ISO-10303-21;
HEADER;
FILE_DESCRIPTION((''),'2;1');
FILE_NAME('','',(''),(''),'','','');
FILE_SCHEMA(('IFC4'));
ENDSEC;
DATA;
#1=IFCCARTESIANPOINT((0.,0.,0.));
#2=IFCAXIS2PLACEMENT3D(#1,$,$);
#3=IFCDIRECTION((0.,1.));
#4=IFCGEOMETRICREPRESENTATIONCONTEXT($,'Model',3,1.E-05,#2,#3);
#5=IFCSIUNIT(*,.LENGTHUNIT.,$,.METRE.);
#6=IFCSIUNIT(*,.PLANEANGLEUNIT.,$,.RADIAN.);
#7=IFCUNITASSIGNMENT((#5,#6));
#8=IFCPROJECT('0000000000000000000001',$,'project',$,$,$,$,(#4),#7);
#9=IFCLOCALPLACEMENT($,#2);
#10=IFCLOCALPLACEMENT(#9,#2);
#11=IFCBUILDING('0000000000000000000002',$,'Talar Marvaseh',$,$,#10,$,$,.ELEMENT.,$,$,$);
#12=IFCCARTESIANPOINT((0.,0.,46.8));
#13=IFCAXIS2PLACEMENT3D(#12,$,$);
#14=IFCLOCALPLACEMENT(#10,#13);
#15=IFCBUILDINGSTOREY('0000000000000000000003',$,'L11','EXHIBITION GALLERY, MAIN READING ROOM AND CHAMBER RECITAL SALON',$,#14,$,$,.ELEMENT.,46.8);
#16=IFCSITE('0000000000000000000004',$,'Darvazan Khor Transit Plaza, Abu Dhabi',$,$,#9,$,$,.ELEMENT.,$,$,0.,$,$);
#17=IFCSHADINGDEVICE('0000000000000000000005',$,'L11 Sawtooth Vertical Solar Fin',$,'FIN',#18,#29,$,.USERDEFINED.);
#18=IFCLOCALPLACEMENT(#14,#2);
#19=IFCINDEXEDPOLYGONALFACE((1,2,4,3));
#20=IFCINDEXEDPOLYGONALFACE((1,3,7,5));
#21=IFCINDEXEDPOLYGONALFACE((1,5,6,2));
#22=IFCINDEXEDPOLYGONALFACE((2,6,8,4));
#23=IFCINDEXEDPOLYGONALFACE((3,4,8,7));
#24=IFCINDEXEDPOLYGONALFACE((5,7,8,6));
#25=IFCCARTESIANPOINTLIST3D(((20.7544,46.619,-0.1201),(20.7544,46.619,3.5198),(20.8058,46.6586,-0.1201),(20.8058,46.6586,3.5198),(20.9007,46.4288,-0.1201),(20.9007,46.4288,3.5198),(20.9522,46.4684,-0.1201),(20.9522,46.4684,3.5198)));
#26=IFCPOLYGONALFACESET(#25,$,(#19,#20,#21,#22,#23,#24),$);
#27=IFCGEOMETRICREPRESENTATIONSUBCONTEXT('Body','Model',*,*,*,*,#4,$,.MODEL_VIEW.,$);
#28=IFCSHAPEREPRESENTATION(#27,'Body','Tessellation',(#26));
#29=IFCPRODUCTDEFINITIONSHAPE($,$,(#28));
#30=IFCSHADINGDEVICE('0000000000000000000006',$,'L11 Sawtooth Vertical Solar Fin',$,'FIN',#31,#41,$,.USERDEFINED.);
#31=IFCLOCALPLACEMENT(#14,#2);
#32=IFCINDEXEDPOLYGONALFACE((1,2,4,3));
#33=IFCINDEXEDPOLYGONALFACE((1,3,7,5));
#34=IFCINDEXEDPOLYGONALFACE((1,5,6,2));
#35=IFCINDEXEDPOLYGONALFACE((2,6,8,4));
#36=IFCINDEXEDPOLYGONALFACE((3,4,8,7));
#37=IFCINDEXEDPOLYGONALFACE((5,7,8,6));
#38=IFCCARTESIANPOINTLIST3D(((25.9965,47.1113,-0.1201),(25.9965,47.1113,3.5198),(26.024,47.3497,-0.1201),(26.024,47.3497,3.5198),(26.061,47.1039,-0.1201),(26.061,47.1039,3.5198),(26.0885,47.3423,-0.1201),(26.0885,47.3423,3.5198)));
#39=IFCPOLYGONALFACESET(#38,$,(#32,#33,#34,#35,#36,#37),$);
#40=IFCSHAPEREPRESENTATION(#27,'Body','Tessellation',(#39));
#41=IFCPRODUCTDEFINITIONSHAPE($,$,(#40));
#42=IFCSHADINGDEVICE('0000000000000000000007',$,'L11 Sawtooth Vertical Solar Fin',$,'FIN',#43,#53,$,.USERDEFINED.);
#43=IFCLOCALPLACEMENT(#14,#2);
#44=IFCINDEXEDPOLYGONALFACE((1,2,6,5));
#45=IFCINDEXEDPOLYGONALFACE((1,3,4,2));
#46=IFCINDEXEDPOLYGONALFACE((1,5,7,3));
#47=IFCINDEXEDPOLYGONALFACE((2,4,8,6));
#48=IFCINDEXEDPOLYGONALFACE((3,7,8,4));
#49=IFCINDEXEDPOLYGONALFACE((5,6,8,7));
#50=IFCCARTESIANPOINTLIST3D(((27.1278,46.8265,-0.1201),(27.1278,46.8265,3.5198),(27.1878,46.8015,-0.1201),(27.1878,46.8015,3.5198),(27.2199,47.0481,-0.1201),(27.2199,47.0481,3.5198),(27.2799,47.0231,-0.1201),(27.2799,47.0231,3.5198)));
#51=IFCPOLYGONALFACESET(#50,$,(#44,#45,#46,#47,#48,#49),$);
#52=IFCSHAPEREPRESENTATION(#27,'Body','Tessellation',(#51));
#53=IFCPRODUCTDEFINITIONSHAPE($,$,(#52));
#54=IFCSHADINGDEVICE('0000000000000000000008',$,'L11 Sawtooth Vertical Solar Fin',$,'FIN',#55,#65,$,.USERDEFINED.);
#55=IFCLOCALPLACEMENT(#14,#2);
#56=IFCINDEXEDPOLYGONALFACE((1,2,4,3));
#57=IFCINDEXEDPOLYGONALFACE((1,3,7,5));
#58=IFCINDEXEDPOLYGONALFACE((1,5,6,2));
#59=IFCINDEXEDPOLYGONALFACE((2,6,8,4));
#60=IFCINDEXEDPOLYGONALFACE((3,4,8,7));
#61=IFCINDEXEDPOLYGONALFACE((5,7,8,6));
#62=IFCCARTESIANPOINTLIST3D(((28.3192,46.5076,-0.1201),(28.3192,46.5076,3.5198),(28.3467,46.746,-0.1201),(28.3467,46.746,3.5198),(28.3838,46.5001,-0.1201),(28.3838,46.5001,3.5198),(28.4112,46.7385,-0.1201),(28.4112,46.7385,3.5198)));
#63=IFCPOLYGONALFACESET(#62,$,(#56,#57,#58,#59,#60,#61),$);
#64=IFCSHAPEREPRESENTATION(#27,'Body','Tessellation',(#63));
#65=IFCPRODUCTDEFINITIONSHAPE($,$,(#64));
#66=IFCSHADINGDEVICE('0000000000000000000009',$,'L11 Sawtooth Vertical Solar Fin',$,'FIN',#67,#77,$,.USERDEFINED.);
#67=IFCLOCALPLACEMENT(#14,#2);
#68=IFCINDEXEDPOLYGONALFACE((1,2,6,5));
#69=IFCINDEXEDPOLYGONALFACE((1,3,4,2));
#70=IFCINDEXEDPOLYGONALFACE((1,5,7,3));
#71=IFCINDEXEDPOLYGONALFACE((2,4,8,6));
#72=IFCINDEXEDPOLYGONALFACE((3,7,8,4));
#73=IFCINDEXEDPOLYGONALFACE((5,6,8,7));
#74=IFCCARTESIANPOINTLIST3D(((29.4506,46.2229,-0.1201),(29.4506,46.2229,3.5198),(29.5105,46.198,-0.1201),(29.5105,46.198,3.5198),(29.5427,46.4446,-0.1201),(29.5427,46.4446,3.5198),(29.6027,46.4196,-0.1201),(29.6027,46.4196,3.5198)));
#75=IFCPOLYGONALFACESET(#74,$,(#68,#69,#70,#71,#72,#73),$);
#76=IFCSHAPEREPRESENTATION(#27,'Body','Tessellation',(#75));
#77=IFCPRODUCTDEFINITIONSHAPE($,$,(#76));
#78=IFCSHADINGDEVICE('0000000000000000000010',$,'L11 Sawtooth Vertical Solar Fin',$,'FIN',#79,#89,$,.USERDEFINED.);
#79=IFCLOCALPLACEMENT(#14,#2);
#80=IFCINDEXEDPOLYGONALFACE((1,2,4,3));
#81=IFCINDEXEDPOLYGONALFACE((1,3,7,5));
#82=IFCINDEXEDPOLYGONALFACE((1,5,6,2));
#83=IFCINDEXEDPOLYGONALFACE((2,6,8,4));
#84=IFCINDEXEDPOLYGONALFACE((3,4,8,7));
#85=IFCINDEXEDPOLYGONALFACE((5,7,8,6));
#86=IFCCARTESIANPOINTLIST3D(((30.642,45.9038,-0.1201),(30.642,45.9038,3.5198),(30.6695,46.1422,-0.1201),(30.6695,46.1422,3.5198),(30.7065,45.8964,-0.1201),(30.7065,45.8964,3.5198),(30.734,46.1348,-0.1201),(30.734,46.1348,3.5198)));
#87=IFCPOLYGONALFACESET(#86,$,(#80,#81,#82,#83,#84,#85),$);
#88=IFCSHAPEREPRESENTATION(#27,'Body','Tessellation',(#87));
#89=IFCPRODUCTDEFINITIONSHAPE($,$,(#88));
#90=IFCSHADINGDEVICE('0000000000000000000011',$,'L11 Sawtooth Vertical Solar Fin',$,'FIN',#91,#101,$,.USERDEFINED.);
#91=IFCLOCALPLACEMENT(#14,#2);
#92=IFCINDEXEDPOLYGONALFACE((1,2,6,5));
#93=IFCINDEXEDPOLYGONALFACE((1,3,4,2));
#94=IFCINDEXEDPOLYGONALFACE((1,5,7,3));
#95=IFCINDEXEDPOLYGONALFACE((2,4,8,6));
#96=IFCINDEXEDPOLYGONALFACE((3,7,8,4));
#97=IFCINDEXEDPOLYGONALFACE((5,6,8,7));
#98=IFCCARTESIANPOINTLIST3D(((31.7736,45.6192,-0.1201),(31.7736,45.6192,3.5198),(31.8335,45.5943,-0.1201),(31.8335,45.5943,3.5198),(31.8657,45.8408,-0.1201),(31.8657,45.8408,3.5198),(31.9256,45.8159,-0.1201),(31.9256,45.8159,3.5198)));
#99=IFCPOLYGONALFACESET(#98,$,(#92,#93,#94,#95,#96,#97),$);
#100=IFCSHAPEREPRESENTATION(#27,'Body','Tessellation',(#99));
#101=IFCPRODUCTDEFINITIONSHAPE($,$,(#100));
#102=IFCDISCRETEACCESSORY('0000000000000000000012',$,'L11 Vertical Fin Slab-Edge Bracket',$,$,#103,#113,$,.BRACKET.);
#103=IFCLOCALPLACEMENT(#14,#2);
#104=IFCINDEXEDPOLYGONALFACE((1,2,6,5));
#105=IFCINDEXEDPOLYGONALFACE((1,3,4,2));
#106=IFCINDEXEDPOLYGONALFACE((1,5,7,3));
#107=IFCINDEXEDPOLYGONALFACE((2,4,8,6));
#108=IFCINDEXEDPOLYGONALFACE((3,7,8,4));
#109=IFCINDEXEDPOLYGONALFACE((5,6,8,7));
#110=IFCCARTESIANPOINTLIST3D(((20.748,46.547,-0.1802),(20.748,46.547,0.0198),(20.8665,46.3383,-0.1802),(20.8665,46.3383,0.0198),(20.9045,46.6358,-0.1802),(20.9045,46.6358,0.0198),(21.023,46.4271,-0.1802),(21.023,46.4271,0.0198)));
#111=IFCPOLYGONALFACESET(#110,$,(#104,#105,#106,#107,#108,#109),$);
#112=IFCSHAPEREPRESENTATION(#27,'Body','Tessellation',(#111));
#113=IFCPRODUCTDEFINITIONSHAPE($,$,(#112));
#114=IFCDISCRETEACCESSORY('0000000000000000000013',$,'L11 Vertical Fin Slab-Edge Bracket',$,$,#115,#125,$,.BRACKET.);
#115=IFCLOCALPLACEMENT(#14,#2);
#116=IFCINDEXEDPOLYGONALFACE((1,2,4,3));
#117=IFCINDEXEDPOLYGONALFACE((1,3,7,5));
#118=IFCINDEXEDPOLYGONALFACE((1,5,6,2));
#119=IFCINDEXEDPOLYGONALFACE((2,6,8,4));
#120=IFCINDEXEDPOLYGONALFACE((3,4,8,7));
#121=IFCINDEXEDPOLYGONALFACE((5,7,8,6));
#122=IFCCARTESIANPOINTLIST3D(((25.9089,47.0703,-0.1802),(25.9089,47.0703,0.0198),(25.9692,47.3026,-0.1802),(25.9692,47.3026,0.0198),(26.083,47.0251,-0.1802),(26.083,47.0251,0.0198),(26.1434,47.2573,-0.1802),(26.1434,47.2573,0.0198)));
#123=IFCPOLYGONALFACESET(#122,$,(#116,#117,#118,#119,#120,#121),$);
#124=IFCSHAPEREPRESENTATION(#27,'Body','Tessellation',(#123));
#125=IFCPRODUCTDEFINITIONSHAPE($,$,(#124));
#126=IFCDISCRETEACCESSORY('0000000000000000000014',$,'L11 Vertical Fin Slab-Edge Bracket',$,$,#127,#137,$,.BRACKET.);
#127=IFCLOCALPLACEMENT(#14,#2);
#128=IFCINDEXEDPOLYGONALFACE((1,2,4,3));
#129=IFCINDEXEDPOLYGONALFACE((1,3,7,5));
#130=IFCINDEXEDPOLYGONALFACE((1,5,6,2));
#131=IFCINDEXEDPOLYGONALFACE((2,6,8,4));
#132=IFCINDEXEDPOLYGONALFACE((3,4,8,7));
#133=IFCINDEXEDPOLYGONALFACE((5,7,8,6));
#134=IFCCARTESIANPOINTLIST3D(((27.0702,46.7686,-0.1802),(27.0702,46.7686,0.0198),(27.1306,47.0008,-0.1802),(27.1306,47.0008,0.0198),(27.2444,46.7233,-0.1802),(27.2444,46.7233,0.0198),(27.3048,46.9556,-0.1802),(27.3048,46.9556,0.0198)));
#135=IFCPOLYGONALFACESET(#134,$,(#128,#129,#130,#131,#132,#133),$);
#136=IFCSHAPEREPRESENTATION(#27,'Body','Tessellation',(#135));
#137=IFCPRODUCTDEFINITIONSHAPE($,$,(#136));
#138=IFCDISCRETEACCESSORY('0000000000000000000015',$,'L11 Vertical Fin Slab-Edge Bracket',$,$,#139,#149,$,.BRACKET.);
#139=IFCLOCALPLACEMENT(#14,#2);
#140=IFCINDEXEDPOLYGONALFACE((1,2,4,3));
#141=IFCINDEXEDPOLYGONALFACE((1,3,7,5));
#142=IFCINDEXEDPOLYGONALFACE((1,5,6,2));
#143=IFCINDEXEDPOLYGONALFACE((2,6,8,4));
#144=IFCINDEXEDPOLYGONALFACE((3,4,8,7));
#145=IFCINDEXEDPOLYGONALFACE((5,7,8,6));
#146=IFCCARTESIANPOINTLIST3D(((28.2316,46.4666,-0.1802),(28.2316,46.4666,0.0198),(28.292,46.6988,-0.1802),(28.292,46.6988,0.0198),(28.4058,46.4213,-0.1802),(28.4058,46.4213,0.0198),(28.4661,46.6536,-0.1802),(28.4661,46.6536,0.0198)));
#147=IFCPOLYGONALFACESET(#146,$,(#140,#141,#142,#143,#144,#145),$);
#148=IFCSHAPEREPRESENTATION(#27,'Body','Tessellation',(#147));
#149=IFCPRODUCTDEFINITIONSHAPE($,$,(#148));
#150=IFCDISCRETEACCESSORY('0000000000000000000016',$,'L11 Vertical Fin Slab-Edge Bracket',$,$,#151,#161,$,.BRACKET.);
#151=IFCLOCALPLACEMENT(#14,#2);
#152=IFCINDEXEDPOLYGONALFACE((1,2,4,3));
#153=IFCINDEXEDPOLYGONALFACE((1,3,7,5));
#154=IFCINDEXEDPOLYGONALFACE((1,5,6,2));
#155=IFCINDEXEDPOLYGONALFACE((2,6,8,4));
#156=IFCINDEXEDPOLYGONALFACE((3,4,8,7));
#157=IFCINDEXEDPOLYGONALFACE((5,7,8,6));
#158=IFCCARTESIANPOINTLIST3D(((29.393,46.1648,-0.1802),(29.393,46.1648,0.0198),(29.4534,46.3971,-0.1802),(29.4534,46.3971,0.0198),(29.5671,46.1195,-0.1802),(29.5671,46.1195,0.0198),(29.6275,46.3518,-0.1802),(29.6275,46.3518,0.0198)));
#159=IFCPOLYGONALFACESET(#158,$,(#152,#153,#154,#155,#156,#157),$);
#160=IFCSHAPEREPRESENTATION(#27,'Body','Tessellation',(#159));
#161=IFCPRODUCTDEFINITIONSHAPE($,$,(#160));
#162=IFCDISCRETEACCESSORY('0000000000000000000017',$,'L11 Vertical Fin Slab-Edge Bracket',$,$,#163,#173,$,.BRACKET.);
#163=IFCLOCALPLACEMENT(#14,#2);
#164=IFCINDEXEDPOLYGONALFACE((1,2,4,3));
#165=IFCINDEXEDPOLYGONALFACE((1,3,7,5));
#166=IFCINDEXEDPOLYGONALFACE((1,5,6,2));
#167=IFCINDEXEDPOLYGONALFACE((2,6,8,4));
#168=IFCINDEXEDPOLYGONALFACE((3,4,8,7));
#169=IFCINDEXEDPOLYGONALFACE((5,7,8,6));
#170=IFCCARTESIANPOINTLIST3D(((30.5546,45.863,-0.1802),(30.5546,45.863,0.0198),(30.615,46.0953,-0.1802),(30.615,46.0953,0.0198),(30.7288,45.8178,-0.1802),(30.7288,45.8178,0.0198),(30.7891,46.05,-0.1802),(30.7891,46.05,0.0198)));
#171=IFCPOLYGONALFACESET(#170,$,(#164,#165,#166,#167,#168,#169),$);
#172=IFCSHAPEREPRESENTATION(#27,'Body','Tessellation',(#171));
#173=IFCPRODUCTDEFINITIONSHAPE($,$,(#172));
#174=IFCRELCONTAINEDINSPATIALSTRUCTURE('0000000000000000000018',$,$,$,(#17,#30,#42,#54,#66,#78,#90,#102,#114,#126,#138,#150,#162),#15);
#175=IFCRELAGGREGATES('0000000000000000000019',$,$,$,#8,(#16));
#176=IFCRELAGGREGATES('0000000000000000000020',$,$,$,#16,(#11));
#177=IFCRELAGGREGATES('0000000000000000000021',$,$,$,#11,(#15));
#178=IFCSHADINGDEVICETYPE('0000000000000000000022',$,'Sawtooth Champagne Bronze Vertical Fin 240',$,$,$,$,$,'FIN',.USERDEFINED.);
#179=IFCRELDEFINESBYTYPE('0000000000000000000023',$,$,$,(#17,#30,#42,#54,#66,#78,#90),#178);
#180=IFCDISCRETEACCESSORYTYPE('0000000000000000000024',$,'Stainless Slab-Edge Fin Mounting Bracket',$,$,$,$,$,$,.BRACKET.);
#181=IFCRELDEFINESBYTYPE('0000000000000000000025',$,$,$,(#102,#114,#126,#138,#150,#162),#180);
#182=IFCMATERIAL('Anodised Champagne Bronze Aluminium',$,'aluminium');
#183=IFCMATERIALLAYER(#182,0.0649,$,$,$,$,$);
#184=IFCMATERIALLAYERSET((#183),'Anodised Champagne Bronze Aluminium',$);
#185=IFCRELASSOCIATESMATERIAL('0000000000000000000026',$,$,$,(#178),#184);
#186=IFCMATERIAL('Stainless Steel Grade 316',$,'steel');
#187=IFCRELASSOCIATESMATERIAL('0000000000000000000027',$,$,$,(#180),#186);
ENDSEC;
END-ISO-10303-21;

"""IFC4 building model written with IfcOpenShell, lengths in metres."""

from ifc_helpers import new_model, si_unit, direction, frame, origin, origin_2d, place, context, subcontext, project, spatial, rectangle, extrude, source, transform, mapped, material, layer, layer_set, type_object, type_shapes, element, save


model = new_model("IFC4")

# Units and contexts
model_context = context("Model", 3, precision=1e-05, world=origin(), true_north=direction((0.0, 1.0)))
body_context = subcontext(model_context, "Body", "Model", "MODEL_VIEW")
ifc_project = project(units=[si_unit("LENGTHUNIT", "METRE"), si_unit("PLANEANGLEUNIT", "RADIAN")], contexts=[model_context])

# Site, building, storey
site_placement = place(None, origin())
site = spatial("IfcSite", under=ifc_project, at=site_placement, Name="Darvazan Khor Transit Plaza, Abu Dhabi", CompositionType="ELEMENT", RefElevation=0.0)
building_placement = place(site_placement, origin())
building = spatial("IfcBuilding", under=site, at=building_placement, Name="Talar Marvaseh", CompositionType="ELEMENT")
storey_placement = place(building_placement, frame((0.0, 0.0, 46.8)))
storey = spatial("IfcBuildingStorey", under=building, at=storey_placement, Name="L11", Description="EXHIBITION GALLERY, MAIN READING ROOM AND CHAMBER RECITAL SALON", CompositionType="ELEMENT", Elevation=46.8)

# Shading devices
ifc_material_1 = material(Name="Anodised Champagne Bronze Aluminium", Category="aluminium")
ifc_layer_1 = layer(ifc_material_1, 0.0649)
ifc_layer_set_1 = layer_set([ifc_layer_1], Name="Anodised Champagne Bronze Aluminium")
shading_device_type = type_object("IfcShadingDeviceType", Name="Sawtooth Champagne Bronze Vertical Fin 240", ElementType="FIN", PredefinedType="USERDEFINED", material=ifc_layer_set_1)
shared_shape_1 = source(origin(), body_context, "Body", "SweptSolid", [
    extrude(rectangle(XDim=0.24, YDim=0.0649, at=origin_2d()), origin(), (0.0, 0.0, 1.0), 3.6399),
])
type_shapes(shading_device_type, [shared_shape_1])
for number, where, z_axis, x_axis, name in (
    (1, (20.8533, 46.5437, -0.1201), (0.0, 0.0, 1.0), (-0.60973, 0.792609, 0.0), "L11 Sawtooth Vertical Solar Fin"),
    (2, (26.0425, 47.2268, -0.1201), (0.0, 0.0, 1.0), (0.114417, 0.993433, 0.0), "L11 Sawtooth Vertical Solar Fin"),
    (3, (27.2039, 46.9248, -0.1201), (0.0, 0.0, 1.0), (0.383812, 0.923411, 0.0), "L11 Sawtooth Vertical Solar Fin"),
    (4, (28.3652, 46.623, -0.1201), (0.0, 0.0, 1.0), (0.114417, 0.993433, 0.0), "L11 Sawtooth Vertical Solar Fin"),
    (5, (29.5266, 46.3213, -0.1201), (0.0, 0.0, 1.0), (0.383812, 0.923411, 0.0), "L11 Sawtooth Vertical Solar Fin"),
    (6, (30.688, 46.0193, -0.1201), (0.0, 0.0, 1.0), (0.114417, 0.993433, 0.0), "L11 Sawtooth Vertical Solar Fin"),
    (7, (31.8496, 45.7175, -0.1201), (0.0, 0.0, 1.0), (0.383812, 0.923411, 0.0), "L11 Sawtooth Vertical Solar Fin"),
):
    element("IfcShadingDevice", number, at=place(storey_placement, frame(where, z_axis=z_axis, x_axis=x_axis)), inside=storey, type_object=shading_device_type, Name=name, ObjectType="FIN", PredefinedType="USERDEFINED", context=body_context, shape_type="MappedRepresentation", body=[
        mapped(shared_shape_1, transform((0.0, 0.0, 0.0), x_axis=(1.0, 0.0, 0.0), y_axis=(0.0, 1.0, 0.0), z_axis=(0.0, 0.0, 1.0), scale=1.0)),
    ])

# Discrete accessories
ifc_material_2 = material(Name="Stainless Steel Grade 316", Category="steel")
discrete_accessory_type = type_object("IfcDiscreteAccessoryType", Name="Stainless Slab-Edge Fin Mounting Bracket", PredefinedType="BRACKET", material=ifc_material_2)
shared_shape_2 = source(origin(), body_context, "Body", "SweptSolid", [
    extrude(rectangle(XDim=0.24, YDim=0.1799, at=origin_2d()), origin(), (0.0, 0.0, 1.0), 0.2),
])
type_shapes(discrete_accessory_type, [shared_shape_2])
for number, where, z_axis, x_axis, name in (
    (8, (20.8855, 46.4871, -0.1802), (0.0, 0.0, 1.0), (-0.493487, 0.869753, 0.0), "L11 Vertical Fin Slab-Edge Bracket"),
    (9, (26.0261, 47.1638, -0.1802), (0.0, 0.0, 1.0), (0.251563, 0.967841, 0.0), "L11 Vertical Fin Slab-Edge Bracket"),
    (10, (27.1875, 46.8621, -0.1802), (0.0, 0.0, 1.0), (0.251563, 0.967841, 0.0), "L11 Vertical Fin Slab-Edge Bracket"),
    (11, (28.3489, 46.5601, -0.1802), (0.0, 0.0, 1.0), (0.251563, 0.967841, 0.0), "L11 Vertical Fin Slab-Edge Bracket"),
    (12, (29.5103, 46.2583, -0.1802), (0.0, 0.0, 1.0), (0.251563, 0.967841, 0.0), "L11 Vertical Fin Slab-Edge Bracket"),
    (13, (30.6719, 45.9565, -0.1802), (0.0, 0.0, 1.0), (0.251563, 0.967841, 0.0), "L11 Vertical Fin Slab-Edge Bracket"),
):
    element("IfcDiscreteAccessory", number, at=place(storey_placement, frame(where, z_axis=z_axis, x_axis=x_axis)), inside=storey, type_object=discrete_accessory_type, Name=name, PredefinedType="BRACKET", context=body_context, shape_type="MappedRepresentation", body=[
        mapped(shared_shape_2, transform((0.0, 0.0, 0.0), x_axis=(1.0, 0.0, 0.0), y_axis=(0.0, 1.0, 0.0), z_axis=(0.0, 0.0, 1.0), scale=1.0)),
    ])

save(model, "model.ifc")
